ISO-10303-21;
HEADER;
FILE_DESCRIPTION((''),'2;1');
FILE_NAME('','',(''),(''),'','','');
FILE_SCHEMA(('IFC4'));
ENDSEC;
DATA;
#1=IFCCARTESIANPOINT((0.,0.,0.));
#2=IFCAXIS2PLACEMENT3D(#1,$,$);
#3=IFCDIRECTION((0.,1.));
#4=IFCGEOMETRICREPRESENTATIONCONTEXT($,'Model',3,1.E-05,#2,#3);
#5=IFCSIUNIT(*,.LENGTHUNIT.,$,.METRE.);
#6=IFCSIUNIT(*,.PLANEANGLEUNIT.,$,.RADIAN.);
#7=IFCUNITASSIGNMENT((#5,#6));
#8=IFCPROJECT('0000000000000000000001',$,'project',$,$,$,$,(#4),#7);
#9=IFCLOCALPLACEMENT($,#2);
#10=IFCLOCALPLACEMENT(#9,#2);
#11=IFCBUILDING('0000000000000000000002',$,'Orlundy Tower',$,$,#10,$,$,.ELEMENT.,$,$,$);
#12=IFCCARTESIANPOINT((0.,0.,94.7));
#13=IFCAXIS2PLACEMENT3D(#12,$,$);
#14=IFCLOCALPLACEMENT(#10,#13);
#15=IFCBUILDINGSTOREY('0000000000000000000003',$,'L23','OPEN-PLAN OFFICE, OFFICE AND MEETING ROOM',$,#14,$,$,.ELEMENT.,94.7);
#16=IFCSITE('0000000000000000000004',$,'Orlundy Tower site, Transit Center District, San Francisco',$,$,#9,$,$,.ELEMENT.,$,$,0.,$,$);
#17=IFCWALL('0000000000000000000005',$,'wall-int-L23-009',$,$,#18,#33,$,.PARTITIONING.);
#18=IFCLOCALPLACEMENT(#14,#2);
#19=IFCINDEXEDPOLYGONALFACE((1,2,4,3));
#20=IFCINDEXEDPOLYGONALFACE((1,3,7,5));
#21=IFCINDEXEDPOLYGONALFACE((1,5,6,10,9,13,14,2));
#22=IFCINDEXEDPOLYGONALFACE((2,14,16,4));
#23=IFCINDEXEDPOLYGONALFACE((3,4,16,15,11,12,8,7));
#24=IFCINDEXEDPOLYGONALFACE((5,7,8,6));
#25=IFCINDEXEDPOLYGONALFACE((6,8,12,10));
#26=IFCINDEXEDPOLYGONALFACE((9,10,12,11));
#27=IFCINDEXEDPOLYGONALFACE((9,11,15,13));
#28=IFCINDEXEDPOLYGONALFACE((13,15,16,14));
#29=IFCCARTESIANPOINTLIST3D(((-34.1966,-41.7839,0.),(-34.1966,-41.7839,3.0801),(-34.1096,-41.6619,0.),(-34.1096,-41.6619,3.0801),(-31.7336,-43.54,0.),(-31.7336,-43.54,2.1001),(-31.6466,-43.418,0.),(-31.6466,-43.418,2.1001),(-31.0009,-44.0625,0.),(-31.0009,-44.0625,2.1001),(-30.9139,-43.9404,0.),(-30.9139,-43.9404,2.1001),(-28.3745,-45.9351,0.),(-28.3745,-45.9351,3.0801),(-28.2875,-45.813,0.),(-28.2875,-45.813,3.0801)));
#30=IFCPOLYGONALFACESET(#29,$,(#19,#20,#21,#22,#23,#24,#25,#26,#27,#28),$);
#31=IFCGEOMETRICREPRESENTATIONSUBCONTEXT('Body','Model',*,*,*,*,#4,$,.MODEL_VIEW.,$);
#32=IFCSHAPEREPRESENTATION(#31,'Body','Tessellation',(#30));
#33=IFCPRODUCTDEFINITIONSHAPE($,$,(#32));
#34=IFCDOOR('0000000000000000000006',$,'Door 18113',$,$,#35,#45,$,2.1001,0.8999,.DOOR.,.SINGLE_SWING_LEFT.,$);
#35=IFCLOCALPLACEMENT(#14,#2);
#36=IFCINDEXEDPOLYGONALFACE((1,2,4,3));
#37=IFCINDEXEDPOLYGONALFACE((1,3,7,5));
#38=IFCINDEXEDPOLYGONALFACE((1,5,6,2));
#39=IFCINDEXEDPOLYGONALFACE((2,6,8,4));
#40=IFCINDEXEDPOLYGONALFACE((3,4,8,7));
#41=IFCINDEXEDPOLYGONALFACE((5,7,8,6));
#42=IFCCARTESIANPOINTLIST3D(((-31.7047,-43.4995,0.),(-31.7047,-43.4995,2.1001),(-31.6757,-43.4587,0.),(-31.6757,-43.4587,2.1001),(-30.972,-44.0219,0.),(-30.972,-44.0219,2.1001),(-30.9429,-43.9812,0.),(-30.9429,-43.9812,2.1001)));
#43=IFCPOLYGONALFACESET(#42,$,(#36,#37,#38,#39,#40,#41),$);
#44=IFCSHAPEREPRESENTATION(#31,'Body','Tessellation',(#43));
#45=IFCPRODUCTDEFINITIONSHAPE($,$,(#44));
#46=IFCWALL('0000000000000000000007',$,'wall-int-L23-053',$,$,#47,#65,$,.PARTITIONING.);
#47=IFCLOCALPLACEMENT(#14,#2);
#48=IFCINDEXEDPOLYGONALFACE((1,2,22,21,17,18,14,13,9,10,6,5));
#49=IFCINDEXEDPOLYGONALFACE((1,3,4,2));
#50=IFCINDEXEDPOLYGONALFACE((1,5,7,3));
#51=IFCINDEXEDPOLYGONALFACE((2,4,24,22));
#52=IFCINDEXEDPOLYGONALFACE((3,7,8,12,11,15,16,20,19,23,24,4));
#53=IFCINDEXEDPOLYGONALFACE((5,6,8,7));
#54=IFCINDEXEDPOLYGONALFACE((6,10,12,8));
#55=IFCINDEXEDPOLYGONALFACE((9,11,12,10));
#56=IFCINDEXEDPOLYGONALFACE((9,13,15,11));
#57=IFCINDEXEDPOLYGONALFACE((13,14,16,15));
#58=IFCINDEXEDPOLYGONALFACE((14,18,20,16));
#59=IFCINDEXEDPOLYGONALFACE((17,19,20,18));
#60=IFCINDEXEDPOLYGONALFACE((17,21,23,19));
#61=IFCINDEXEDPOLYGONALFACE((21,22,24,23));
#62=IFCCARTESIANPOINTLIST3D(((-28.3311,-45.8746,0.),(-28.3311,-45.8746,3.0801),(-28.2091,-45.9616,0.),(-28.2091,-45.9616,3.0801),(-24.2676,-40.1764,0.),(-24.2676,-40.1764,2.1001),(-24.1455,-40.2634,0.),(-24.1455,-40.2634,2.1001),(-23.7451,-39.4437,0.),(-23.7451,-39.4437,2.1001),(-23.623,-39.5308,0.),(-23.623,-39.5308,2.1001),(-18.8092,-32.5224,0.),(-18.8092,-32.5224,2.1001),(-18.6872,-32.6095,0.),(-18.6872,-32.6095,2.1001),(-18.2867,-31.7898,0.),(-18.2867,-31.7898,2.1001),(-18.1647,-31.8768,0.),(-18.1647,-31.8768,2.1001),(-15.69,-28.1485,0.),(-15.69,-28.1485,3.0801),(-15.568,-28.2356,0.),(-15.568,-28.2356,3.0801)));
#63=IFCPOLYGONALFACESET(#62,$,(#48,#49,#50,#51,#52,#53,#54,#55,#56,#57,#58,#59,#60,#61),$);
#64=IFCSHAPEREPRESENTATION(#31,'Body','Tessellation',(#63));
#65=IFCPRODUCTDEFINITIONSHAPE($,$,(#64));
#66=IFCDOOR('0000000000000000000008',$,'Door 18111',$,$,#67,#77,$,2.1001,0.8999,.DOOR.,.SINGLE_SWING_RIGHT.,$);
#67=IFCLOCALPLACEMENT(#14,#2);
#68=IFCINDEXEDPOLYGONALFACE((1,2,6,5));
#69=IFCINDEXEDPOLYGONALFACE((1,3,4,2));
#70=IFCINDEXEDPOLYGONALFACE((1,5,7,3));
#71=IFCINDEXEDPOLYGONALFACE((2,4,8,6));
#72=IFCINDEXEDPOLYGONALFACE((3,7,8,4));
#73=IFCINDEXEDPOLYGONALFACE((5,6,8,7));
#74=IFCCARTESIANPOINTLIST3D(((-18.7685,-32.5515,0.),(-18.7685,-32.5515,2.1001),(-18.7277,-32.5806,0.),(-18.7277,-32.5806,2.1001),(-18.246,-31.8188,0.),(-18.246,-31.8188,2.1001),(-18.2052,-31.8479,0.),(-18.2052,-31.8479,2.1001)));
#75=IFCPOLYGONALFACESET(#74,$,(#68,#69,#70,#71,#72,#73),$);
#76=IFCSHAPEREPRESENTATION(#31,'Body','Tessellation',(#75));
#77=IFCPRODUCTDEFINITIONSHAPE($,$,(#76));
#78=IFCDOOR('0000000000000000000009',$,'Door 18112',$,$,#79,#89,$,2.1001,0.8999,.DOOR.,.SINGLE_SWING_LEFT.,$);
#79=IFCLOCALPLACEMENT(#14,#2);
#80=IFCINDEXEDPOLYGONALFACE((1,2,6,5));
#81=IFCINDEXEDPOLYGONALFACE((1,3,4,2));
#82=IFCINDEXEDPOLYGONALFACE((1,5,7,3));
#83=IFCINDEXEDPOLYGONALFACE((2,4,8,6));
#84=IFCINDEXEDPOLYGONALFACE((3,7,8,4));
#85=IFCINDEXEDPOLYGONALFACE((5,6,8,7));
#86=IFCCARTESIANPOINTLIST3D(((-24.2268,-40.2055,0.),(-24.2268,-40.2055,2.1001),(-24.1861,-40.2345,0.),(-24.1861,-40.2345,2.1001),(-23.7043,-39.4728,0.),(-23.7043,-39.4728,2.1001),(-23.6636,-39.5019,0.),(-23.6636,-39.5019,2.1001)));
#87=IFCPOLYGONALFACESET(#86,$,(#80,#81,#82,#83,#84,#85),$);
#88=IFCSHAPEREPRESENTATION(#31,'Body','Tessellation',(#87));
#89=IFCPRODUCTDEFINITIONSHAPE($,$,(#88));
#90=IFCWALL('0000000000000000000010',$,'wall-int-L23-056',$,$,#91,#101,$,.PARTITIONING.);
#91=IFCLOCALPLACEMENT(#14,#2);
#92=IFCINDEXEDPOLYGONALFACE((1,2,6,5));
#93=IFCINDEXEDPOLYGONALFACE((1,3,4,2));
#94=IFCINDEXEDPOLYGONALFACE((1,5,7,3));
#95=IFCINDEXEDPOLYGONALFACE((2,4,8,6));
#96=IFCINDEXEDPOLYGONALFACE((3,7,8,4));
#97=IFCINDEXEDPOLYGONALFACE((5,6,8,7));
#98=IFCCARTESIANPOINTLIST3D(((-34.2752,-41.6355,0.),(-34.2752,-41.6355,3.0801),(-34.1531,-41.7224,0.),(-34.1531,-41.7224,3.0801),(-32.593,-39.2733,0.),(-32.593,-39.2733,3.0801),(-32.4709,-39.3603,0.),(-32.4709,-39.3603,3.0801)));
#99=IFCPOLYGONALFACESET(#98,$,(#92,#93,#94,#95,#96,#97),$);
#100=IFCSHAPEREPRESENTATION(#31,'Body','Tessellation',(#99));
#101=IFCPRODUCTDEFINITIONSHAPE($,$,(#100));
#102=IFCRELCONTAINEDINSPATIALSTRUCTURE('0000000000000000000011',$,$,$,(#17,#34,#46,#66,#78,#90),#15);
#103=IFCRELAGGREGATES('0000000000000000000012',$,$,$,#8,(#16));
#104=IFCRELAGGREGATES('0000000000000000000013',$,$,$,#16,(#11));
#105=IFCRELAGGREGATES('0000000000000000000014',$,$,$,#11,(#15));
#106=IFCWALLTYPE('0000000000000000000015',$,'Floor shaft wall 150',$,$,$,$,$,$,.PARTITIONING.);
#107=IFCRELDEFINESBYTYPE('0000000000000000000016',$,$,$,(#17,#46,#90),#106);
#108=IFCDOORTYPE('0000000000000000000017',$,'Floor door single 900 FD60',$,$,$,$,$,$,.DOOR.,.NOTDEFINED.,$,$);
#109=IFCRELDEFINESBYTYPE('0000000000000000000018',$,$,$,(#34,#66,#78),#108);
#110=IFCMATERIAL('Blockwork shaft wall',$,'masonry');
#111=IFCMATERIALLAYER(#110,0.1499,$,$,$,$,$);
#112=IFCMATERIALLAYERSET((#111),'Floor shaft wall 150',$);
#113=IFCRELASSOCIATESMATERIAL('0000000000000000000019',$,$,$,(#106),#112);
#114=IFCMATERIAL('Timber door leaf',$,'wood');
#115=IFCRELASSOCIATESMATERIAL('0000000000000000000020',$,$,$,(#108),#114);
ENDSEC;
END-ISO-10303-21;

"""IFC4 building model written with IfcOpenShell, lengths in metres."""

from ifc_helpers import new_model, si_unit, direction, frame, frame_2d, origin, place, context, subcontext, project, spatial, rectangle, extrude, material, layer, layer_set, type_object, element, fill, save


model = new_model("IFC4")

# Units and contexts
model_context = context("Model", 3, precision=1e-05, world=origin(), true_north=direction((0.0, 1.0)))
body_context = subcontext(model_context, "Body", "Model", "MODEL_VIEW")
ifc_project = project(units=[si_unit("LENGTHUNIT", "METRE"), si_unit("PLANEANGLEUNIT", "RADIAN")], contexts=[model_context])

# Site, building, storey
site_placement = place(None, origin())
site = spatial("IfcSite", under=ifc_project, at=site_placement, Name="Orlundy Tower site, Transit Center District, San Francisco", CompositionType="ELEMENT", RefElevation=0.0)
building_placement = place(site_placement, origin())
building = spatial("IfcBuilding", under=site, at=building_placement, Name="Orlundy Tower", CompositionType="ELEMENT")
storey_placement = place(building_placement, frame((0.0, 0.0, 94.7)))
storey = spatial("IfcBuildingStorey", under=building, at=storey_placement, Name="L23", Description="OPEN-PLAN OFFICE, OFFICE AND MEETING ROOM", CompositionType="ELEMENT", Elevation=94.7)

# Wall, opening, door
ifc_material_1 = material(Name="Blockwork shaft wall", Category="masonry")
ifc_layer_1 = layer(ifc_material_1, 0.1499)
ifc_layer_set_1 = layer_set([ifc_layer_1], Name="Floor shaft wall 150")
wall_type_1 = type_object("IfcWallType", Name="Floor shaft wall 150", PredefinedType="PARTITIONING", material=ifc_layer_set_1)
wall_1_placement = place(storey_placement, frame((-34.1531, -41.7229, 0.0), z_axis=(0.0, 0.0, 1.0), x_axis=(0.814227, -0.580547, 0.0)))
wall_1 = element("IfcWall", 1, at=wall_1_placement, inside=storey, type_object=wall_type_1, Name="wall-int-L23-009", PredefinedType="PARTITIONING", context=body_context, shape_type="SweptSolid", body=[
    extrude(rectangle(XDim=7.1504, YDim=0.1499, at=frame_2d((3.5752, 0.0))), origin(), (0.0, 0.0, 1.0), 3.0801),
])
opening_1_placement = place(wall_1_placement, frame((3.0249, 0.0, 0.0)))
opening_1 = element("IfcOpeningElement", 2, at=opening_1_placement, cuts=wall_1, PredefinedType="OPENING", context=body_context, shape_type="SweptSolid", body=[
    extrude(rectangle(XDim=0.8999, YDim=2.1001, at=frame_2d((0.45, 1.05))), frame((0.0, 0.085, 0.0), z_axis=(0.0, -1.0, 0.0), x_axis=(1.0, 0.0, 0.0)), (0.0, 0.0, 1.0), 0.1699),
])
ifc_material_2 = material(Name="Timber door leaf", Category="wood")
door_type_1 = type_object("IfcDoorType", Name="Floor door single 900 FD60", OperationType="NOTDEFINED", PredefinedType="DOOR", material=ifc_material_2)
door_1_placement = place(opening_1_placement, origin())
door_1 = element("IfcDoor", 3, at=door_1_placement, inside=storey, type_object=door_type_1, Name="Door 18113", OperationType="SINGLE_SWING_LEFT", OverallHeight=2.1001, OverallWidth=0.8999, PredefinedType="DOOR", context=body_context, shape_type="SweptSolid", body=[
    extrude(rectangle(XDim=0.8999, YDim=2.1001, at=frame_2d((0.45, 1.05))), frame((0.0, 0.0249, 0.0), z_axis=(0.0, -1.0, 0.0), x_axis=(1.0, 0.0, 0.0)), (0.0, 0.0, 1.0), 0.05),
])
fill(opening_1, door_1)

# Wall, openings, doors
wall_2_placement = place(storey_placement, frame((-28.27, -45.918, 0.0), z_axis=(0.0, 0.0, 1.0), x_axis=(0.580619, 0.814176, 0.0)))
wall_2 = element("IfcWall", 4, at=wall_2_placement, inside=storey, type_object=wall_type_1, Name="wall-int-L23-053", PredefinedType="PARTITIONING", context=body_context, shape_type="SweptSolid", body=[
    extrude(rectangle(XDim=21.7717, YDim=0.1499, at=frame_2d((10.8857, 0.0))), origin(), (0.0, 0.0, 1.0), 3.0801),
])
opening_2_placement = place(wall_2_placement, frame((16.3994, 0.0, 0.0)))
opening_2 = element("IfcOpeningElement", 5, at=opening_2_placement, cuts=wall_2, PredefinedType="OPENING", context=body_context, shape_type="SweptSolid", body=[
    extrude(rectangle(XDim=0.8999, YDim=2.1001, at=frame_2d((0.45, 1.05))), frame((0.0, 0.085, 0.0), z_axis=(0.0, -1.0, 0.0), x_axis=(1.0, 0.0, 0.0)), (0.0, 0.0, 1.0), 0.1699),
])
opening_3_placement = place(wall_2_placement, frame((6.9985, 0.0, 0.0)))
opening_3 = element("IfcOpeningElement", 6, at=opening_3_placement, cuts=wall_2, PredefinedType="OPENING", context=body_context, shape_type="SweptSolid", body=[
    extrude(rectangle(XDim=0.8999, YDim=2.1001, at=frame_2d((0.45, 1.05))), frame((0.0, 0.085, 0.0), z_axis=(0.0, -1.0, 0.0), x_axis=(1.0, 0.0, 0.0)), (0.0, 0.0, 1.0), 0.1699),
])
door_2_placement = place(opening_2_placement, origin())
door_2 = element("IfcDoor", 7, at=door_2_placement, inside=storey, type_object=door_type_1, Name="Door 18111", OperationType="SINGLE_SWING_RIGHT", OverallHeight=2.1001, OverallWidth=0.8999, PredefinedType="DOOR", context=body_context, shape_type="SweptSolid", body=[
    extrude(rectangle(XDim=0.8999, YDim=2.1001, at=frame_2d((0.45, 1.05))), frame((0.0, 0.0249, 0.0), z_axis=(0.0, -1.0, 0.0), x_axis=(1.0, 0.0, 0.0)), (0.0, 0.0, 1.0), 0.05),
])
fill(opening_2, door_2)
door_3_placement = place(opening_3_placement, origin())
door_3 = element("IfcDoor", 8, at=door_3_placement, inside=storey, type_object=door_type_1, Name="Door 18112", OperationType="SINGLE_SWING_LEFT", OverallHeight=2.1001, OverallWidth=0.8999, PredefinedType="DOOR", context=body_context, shape_type="SweptSolid", body=[
    extrude(rectangle(XDim=0.8999, YDim=2.1001, at=frame_2d((0.45, 1.05))), frame((0.0, 0.0249, 0.0), z_axis=(0.0, -1.0, 0.0), x_axis=(1.0, 0.0, 0.0)), (0.0, 0.0, 1.0), 0.05),
])
fill(opening_3, door_3)

# Wall
wall_3_placement = place(storey_placement, frame((-34.2141, -41.679, 0.0), z_axis=(0.0, 0.0, 1.0), x_axis=(0.580083, 0.814558, 0.0)))
element("IfcWall", 9, at=wall_3_placement, inside=storey, type_object=wall_type_1, Name="wall-int-L23-056", PredefinedType="PARTITIONING", context=body_context, shape_type="SweptSolid", body=[
    extrude(rectangle(XDim=2.8999, YDim=0.1499, at=frame_2d((1.45, 0.0))), origin(), (0.0, 0.0, 1.0), 3.0801),
])

save(model, "model.ifc")
